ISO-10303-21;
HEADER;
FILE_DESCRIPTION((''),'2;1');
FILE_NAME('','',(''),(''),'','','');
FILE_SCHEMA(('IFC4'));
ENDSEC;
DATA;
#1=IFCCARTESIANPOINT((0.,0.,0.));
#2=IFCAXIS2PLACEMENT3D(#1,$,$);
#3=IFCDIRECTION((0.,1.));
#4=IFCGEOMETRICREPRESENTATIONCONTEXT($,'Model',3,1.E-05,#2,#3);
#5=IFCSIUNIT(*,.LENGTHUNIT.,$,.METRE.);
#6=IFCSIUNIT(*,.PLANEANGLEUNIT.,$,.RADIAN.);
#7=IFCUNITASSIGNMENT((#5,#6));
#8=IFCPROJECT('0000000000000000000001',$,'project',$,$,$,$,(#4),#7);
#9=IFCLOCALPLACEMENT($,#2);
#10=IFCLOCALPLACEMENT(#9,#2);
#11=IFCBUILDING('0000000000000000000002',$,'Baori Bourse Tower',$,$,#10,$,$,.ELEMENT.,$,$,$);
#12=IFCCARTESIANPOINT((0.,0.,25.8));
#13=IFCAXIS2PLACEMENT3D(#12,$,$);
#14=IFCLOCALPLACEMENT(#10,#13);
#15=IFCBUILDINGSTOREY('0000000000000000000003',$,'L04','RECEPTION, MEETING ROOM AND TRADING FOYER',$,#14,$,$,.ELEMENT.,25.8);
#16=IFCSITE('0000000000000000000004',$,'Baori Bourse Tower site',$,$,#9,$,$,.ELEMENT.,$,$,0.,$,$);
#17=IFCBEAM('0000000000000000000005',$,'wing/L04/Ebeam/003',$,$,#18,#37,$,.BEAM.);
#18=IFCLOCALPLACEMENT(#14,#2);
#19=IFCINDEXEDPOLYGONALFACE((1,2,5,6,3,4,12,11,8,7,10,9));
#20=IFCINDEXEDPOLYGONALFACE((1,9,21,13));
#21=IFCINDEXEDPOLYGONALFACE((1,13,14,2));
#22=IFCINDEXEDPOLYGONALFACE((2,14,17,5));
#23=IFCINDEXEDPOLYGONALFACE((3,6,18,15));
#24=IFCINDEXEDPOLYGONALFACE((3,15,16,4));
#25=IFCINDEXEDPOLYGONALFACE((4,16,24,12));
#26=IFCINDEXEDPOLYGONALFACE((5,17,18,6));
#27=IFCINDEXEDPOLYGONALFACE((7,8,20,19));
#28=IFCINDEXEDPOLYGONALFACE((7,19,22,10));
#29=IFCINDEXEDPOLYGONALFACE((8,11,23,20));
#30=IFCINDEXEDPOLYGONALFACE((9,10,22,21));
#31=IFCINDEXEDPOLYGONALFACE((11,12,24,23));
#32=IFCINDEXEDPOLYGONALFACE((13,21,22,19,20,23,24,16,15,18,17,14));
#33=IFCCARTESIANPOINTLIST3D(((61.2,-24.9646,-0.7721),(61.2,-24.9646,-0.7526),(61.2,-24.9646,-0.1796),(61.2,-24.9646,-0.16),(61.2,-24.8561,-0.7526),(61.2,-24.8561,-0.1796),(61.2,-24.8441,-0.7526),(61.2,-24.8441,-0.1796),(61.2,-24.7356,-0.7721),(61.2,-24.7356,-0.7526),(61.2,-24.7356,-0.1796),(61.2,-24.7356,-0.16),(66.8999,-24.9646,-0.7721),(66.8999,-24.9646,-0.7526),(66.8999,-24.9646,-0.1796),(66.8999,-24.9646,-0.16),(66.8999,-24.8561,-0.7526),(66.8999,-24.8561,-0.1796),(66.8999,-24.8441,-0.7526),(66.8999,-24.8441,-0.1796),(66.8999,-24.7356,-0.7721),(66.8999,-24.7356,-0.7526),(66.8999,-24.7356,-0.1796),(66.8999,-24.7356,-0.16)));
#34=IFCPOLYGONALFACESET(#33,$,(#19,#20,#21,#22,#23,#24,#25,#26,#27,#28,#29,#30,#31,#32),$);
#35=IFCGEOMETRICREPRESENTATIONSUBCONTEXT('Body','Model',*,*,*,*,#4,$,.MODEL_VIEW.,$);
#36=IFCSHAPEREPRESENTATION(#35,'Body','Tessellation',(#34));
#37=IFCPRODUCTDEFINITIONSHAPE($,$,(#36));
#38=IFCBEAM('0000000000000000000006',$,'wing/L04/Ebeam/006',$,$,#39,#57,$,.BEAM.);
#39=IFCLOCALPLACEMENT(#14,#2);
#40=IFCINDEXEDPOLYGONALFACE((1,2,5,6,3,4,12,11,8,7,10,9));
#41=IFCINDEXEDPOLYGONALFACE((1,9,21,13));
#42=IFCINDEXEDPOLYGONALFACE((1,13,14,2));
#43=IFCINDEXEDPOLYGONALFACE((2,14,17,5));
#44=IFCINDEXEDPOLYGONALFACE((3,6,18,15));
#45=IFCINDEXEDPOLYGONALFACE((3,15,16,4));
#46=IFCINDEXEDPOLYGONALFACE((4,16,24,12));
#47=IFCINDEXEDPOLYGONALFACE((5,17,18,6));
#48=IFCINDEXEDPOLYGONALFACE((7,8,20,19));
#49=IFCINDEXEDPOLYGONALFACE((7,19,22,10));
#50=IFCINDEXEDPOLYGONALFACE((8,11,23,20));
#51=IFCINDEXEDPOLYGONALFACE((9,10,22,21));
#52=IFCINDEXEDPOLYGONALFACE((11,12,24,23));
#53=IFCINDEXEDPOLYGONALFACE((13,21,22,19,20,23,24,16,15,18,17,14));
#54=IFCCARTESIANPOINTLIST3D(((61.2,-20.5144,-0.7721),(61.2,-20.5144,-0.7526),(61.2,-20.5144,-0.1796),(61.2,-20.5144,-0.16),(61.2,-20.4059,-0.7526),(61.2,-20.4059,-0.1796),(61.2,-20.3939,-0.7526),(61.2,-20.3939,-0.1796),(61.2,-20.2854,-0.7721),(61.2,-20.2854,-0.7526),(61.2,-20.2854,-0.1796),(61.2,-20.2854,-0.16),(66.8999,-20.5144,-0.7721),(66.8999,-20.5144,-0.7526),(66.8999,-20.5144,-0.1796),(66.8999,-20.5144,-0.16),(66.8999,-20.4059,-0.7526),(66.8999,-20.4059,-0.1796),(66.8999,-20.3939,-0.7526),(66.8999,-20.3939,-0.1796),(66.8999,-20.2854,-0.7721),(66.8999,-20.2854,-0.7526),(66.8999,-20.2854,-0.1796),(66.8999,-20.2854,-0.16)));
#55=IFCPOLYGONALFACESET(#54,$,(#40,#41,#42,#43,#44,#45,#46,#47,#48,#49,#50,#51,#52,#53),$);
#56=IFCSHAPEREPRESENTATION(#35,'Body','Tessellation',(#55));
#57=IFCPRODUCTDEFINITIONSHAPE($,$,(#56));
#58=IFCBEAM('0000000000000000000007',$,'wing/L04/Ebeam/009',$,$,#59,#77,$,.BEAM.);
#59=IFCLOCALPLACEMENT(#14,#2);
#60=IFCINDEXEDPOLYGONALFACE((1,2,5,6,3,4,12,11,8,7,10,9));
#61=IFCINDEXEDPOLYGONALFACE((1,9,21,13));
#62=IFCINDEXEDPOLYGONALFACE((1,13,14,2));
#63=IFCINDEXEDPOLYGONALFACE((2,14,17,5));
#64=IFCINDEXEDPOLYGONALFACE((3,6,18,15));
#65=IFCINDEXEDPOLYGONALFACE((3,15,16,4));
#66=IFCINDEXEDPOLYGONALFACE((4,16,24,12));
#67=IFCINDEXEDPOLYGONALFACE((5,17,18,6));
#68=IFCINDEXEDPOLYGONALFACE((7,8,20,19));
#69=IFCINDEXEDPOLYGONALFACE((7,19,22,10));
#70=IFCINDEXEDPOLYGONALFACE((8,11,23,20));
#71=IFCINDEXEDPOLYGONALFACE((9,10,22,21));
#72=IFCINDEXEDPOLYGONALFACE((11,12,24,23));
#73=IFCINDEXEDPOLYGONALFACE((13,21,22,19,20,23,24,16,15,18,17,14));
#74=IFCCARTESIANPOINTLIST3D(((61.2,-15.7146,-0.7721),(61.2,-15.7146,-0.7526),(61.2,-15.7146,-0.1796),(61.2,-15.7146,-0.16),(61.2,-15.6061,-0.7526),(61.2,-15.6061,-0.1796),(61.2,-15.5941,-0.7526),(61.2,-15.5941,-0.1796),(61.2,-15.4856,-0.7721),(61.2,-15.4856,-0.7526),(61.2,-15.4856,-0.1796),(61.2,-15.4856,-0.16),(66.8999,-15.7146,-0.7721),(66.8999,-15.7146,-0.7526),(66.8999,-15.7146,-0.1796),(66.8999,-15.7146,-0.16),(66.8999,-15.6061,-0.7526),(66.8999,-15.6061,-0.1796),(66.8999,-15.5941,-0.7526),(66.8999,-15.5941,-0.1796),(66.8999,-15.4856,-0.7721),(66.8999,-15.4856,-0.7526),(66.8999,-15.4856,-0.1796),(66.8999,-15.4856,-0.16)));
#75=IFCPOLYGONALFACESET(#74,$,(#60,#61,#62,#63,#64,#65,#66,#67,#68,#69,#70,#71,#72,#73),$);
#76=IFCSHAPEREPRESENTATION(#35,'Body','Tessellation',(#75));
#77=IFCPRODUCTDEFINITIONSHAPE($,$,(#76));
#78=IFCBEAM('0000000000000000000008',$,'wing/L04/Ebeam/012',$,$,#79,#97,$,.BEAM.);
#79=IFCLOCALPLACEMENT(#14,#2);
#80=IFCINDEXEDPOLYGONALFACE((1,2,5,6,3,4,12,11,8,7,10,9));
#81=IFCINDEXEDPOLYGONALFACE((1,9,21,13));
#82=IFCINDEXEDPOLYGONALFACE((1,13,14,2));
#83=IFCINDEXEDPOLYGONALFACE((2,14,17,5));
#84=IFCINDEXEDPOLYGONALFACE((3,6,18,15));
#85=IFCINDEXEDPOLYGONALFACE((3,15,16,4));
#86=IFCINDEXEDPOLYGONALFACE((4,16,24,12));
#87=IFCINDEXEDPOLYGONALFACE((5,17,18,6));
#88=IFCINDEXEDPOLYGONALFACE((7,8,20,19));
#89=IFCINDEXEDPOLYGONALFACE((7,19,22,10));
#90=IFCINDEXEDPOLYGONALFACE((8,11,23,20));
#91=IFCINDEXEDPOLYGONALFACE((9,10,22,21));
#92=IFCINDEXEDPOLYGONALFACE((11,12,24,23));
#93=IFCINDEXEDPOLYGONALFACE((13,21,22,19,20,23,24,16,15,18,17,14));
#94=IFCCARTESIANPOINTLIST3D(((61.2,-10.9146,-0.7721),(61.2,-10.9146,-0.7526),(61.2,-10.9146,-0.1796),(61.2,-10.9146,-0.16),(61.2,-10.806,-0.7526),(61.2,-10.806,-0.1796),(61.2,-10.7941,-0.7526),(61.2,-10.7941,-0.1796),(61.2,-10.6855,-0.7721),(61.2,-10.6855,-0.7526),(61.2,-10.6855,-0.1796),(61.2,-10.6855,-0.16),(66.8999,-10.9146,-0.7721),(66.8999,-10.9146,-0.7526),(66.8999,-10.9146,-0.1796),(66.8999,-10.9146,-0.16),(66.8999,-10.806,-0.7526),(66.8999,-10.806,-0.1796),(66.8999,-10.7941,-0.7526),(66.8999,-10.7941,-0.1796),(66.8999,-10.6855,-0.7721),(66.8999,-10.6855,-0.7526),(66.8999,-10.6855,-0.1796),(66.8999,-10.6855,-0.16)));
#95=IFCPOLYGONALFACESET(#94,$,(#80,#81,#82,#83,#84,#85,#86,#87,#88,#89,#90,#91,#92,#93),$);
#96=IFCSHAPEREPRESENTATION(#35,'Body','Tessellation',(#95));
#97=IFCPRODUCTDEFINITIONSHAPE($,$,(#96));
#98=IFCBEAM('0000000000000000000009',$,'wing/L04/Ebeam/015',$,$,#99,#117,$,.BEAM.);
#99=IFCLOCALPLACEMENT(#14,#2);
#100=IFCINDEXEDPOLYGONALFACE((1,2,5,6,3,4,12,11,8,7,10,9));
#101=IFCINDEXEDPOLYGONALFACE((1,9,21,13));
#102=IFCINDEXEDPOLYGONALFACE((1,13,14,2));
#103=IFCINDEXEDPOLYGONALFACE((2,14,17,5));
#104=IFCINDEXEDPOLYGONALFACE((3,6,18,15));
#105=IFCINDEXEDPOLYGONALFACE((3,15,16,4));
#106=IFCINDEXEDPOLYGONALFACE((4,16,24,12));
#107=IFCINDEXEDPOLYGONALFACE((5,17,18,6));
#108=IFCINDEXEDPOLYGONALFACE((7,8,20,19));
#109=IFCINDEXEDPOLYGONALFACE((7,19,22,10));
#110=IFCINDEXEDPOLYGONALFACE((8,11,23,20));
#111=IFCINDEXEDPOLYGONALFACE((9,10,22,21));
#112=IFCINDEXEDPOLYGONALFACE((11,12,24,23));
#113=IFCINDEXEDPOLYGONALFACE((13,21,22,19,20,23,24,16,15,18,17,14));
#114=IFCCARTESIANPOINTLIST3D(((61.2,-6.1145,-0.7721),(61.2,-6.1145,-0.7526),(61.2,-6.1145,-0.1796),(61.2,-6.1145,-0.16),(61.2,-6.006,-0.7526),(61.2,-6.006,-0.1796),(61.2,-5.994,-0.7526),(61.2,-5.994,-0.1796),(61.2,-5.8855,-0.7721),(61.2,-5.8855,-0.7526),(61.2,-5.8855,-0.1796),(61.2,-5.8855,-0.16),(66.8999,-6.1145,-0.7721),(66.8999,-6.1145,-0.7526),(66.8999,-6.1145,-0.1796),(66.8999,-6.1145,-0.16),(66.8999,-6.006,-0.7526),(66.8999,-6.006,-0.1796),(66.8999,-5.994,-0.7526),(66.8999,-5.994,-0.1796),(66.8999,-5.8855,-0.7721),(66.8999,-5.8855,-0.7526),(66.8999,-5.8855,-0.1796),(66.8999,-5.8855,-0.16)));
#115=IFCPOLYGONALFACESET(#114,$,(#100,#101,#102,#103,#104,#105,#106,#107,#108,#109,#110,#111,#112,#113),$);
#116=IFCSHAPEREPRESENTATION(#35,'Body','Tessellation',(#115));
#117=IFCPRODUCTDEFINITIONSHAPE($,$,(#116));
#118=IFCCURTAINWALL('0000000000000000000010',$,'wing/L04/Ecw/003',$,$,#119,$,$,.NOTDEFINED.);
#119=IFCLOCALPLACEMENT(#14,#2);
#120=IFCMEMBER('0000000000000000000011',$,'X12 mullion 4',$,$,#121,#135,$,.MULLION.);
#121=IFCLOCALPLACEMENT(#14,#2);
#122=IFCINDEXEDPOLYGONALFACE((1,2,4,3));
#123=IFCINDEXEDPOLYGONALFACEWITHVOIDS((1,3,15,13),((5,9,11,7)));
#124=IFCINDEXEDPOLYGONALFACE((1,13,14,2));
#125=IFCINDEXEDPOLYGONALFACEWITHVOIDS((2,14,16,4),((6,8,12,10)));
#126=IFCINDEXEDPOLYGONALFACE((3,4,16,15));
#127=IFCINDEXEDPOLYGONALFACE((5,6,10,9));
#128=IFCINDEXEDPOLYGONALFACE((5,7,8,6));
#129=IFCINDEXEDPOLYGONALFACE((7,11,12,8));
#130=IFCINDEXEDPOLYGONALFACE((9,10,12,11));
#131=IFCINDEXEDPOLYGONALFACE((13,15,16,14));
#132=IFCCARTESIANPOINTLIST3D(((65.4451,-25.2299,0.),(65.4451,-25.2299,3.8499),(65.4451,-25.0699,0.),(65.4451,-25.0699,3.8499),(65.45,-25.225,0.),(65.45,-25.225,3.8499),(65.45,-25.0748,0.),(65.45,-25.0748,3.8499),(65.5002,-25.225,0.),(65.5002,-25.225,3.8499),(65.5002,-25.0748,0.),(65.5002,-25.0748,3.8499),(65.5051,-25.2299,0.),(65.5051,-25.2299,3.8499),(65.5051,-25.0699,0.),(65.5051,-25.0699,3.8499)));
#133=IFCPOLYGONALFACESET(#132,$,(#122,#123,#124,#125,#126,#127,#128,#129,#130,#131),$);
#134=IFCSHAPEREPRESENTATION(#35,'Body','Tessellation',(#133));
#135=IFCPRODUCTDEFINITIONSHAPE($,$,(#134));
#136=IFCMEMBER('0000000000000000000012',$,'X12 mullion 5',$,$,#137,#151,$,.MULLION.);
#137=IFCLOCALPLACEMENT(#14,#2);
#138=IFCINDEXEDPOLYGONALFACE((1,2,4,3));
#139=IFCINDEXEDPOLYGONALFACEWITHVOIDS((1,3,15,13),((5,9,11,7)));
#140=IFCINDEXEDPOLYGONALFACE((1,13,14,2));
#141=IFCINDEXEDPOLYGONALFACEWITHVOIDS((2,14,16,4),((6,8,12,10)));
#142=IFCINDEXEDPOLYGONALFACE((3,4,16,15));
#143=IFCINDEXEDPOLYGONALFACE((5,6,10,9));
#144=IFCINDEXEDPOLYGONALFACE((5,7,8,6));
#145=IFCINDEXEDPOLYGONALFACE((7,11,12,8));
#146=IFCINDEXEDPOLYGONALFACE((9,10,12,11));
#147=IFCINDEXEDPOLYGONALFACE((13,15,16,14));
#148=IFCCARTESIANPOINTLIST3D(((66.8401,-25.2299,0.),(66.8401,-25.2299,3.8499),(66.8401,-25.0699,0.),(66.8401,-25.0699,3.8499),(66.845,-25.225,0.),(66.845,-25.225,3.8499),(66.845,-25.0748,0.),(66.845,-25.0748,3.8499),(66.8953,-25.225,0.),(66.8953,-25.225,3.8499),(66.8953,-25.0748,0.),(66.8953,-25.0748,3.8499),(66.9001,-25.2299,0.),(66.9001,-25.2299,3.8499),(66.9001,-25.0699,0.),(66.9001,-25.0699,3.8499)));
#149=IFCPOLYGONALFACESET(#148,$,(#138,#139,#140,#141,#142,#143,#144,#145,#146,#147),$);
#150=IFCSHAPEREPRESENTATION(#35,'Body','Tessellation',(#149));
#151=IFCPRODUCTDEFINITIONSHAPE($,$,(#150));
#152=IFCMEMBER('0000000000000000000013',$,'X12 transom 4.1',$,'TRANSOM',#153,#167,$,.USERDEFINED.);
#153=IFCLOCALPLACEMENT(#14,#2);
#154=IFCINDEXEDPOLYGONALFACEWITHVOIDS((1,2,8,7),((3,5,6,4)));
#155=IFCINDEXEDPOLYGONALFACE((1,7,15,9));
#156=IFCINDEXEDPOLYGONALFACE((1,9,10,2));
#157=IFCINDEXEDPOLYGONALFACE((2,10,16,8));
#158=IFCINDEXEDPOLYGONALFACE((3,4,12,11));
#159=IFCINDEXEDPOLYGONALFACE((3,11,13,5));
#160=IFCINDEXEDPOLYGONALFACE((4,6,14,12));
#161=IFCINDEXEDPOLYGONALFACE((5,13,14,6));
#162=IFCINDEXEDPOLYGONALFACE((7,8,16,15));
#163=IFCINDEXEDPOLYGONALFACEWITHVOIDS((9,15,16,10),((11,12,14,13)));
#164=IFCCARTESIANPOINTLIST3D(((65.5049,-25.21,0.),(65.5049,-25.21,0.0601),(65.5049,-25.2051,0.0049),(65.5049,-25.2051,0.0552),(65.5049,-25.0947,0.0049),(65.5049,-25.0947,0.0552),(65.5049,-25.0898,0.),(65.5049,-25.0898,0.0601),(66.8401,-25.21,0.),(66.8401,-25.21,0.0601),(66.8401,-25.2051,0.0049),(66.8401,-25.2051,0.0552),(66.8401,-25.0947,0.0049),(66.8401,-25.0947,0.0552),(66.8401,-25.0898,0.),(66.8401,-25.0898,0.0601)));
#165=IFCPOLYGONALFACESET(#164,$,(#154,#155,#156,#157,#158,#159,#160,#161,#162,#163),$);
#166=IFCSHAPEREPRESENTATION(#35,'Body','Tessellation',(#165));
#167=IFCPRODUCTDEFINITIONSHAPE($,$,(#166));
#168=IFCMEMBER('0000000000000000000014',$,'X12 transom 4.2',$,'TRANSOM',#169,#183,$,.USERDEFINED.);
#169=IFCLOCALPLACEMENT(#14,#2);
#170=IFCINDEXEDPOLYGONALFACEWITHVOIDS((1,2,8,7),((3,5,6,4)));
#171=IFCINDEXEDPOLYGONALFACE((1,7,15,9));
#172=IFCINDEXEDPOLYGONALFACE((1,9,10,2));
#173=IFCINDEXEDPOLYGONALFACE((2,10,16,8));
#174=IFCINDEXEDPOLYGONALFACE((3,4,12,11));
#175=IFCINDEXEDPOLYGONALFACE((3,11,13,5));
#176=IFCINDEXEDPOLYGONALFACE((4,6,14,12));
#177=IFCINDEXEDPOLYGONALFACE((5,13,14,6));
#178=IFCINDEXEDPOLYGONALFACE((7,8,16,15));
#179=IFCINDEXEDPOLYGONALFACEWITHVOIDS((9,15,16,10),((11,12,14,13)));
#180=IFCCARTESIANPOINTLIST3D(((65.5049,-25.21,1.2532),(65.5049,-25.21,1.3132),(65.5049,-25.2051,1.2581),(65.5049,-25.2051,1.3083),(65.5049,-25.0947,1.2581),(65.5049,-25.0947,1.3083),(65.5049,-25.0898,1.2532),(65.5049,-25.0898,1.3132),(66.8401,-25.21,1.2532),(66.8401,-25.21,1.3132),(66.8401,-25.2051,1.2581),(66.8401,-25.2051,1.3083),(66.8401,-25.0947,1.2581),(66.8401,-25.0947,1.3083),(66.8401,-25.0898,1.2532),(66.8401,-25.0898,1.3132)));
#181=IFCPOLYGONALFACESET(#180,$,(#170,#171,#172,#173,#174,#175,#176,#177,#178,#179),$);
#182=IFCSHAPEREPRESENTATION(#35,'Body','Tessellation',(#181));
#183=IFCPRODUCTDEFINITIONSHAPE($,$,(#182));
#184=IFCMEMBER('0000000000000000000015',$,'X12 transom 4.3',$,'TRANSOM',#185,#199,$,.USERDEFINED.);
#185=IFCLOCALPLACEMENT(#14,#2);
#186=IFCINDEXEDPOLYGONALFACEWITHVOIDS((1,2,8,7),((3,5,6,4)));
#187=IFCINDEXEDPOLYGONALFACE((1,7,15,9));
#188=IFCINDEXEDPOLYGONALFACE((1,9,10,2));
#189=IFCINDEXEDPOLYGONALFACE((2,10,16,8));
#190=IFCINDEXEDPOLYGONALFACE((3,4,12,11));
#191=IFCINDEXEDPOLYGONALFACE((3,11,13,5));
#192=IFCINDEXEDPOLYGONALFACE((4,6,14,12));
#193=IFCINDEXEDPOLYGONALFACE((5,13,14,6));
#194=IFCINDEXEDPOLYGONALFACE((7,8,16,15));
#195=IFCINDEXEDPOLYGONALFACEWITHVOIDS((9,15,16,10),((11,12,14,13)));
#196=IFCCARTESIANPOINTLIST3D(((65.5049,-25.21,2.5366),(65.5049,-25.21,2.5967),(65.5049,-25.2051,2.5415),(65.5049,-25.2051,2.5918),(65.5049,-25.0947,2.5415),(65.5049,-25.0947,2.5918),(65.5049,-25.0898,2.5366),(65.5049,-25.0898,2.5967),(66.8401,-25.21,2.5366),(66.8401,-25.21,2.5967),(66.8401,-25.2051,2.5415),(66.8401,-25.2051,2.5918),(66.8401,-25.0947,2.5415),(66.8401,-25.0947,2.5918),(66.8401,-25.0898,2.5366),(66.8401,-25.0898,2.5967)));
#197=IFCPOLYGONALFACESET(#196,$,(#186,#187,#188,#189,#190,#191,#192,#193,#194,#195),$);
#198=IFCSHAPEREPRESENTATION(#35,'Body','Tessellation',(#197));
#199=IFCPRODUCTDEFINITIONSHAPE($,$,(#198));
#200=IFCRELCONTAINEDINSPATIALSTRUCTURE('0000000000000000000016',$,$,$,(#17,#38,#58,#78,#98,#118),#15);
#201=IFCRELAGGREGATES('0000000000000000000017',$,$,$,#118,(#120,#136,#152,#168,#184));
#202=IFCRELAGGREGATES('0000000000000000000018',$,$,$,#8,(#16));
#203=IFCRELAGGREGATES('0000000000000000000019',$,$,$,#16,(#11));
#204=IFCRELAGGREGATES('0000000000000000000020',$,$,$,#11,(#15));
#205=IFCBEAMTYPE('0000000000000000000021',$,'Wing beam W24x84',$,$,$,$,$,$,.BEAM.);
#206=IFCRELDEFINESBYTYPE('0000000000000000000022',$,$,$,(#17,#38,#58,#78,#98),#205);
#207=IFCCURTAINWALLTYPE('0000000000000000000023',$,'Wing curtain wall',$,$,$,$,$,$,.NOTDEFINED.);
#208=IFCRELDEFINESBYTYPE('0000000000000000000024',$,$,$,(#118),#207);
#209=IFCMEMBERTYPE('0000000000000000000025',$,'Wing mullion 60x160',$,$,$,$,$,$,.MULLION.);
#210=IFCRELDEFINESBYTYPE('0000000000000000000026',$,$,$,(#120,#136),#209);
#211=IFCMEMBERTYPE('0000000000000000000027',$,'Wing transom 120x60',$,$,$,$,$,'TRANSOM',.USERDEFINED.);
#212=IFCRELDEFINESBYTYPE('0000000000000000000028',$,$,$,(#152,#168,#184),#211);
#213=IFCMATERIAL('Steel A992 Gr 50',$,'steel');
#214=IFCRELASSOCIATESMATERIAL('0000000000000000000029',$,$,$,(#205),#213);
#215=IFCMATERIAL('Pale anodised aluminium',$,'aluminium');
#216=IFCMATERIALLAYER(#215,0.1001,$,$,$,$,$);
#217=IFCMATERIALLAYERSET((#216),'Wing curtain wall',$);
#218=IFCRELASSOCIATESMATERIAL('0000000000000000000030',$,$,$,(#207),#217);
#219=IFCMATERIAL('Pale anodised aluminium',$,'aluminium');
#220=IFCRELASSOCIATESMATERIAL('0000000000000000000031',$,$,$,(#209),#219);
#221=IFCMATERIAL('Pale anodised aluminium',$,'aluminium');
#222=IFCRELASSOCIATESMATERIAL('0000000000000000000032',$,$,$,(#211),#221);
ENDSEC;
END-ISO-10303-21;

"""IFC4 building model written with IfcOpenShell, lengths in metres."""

from ifc_helpers import new_model, si_unit, direction, frame, origin, origin_2d, place, context, subcontext, project, spatial, hollow_rectangle, i_section, extrude, material, layer, layer_set, material_profile, profile_set, type_object, element, aggregate, save


model = new_model("IFC4")

# Units and contexts
model_context = context("Model", 3, precision=1e-05, world=origin(), true_north=direction((0.0, 1.0)))
body_context = subcontext(model_context, "Body", "Model", "MODEL_VIEW")
ifc_project = project(units=[si_unit("LENGTHUNIT", "METRE"), si_unit("PLANEANGLEUNIT", "RADIAN")], contexts=[model_context])

# Site, building, storey
site_placement = place(None, origin())
site = spatial("IfcSite", under=ifc_project, at=site_placement, Name="Baori Bourse Tower site", CompositionType="ELEMENT", RefElevation=0.0)
building_placement = place(site_placement, origin())
building = spatial("IfcBuilding", under=site, at=building_placement, Name="Baori Bourse Tower", CompositionType="ELEMENT")
storey_placement = place(building_placement, frame((0.0, 0.0, 25.8)))
storey = spatial("IfcBuildingStorey", under=building, at=storey_placement, Name="L04", Description="RECEPTION, MEETING ROOM AND TRADING FOYER", CompositionType="ELEMENT", Elevation=25.8)

# Beams
ifc_material_1 = material(Name="Steel A992 Gr 50", Category="steel")
ifc_material_profile_1 = material_profile(ifc_material_1, i_section(OverallWidth=0.229, OverallDepth=0.6121, WebThickness=0.012, FlangeThickness=0.0195, at=origin_2d()), Name="W24x84")
ifc_profile_set_1 = profile_set([ifc_material_profile_1], Name="Steel A992 Gr 50")
beam_type = type_object("IfcBeamType", Name="Wing beam W24x84", PredefinedType="BEAM", material=ifc_profile_set_1)
for number, where, z_axis, x_axis, name in (
    (1, (66.8999, -24.8501, -0.4661), (-1.0, 0.0, 0.0), (0.0, -1.0, 0.0), "wing/L04/Ebeam/003"),
    (2, (66.8999, -20.3999, -0.4661), (-1.0, 0.0, 0.0), (0.0, -1.0, 0.0), "wing/L04/Ebeam/006"),
    (3, (66.8999, -15.6001, -0.4661), (-1.0, 0.0, 0.0), (0.0, -1.0, 0.0), "wing/L04/Ebeam/009"),
    (4, (66.8999, -10.8, -0.4661), (-1.0, 0.0, 0.0), (0.0, -1.0, 0.0), "wing/L04/Ebeam/012"),
    (5, (66.8999, -6.0, -0.4661), (-1.0, 0.0, 0.0), (0.0, -1.0, 0.0), "wing/L04/Ebeam/015"),
):
    element("IfcBeam", number, at=place(storey_placement, frame(where, z_axis=z_axis, x_axis=x_axis)), inside=storey, type_object=beam_type, Name=name, PredefinedType="BEAM", context=body_context, shape_type="SweptSolid", body=[
        extrude(i_section(OverallWidth=0.229, OverallDepth=0.6121, WebThickness=0.012, FlangeThickness=0.0195, at=origin_2d()), origin(), (0.0, 0.0, 1.0), 5.7),
    ])

# Curtain wall, members
ifc_material_2 = material(Name="Pale anodised aluminium", Category="aluminium")
ifc_layer_1 = layer(ifc_material_2, 0.1001)
ifc_layer_set_1 = layer_set([ifc_layer_1], Name="Wing curtain wall")
curtain_wall_type = type_object("IfcCurtainWallType", Name="Wing curtain wall", PredefinedType="NOTDEFINED", material=ifc_layer_set_1)
curtain_wall_placement = place(storey_placement, origin())
curtain_wall = element("IfcCurtainWall", 6, at=curtain_wall_placement, inside=storey, type_object=curtain_wall_type, Name="wing/L04/Ecw/003", PredefinedType="NOTDEFINED")
ifc_material_3 = material(Name="Pale anodised aluminium", Category="aluminium")
ifc_material_profile_2 = material_profile(ifc_material_3, hollow_rectangle(XDim=0.1599, YDim=0.0601, WallThickness=0.0049, at=origin_2d()), Name="Mullion 160x60x5")
ifc_profile_set_2 = profile_set([ifc_material_profile_2], Name="Pale anodised aluminium")
member_type_1 = type_object("IfcMemberType", Name="Wing mullion 60x160", PredefinedType="MULLION", material=ifc_profile_set_2)
member_1_placement = place(storey_placement, frame((65.4751, -25.1499, 0.0), z_axis=(0.0, 0.0, 1.0), x_axis=(0.0, 1.0, 0.0)))
member_1 = element("IfcMember", 7, at=member_1_placement, type_object=member_type_1, Name="X12 mullion 4", PredefinedType="MULLION", context=body_context, shape_type="SweptSolid", body=[
    extrude(hollow_rectangle(XDim=0.1599, YDim=0.0601, WallThickness=0.0049, at=origin_2d()), origin(), (0.0, 0.0, 1.0), 3.8499),
])
member_2_placement = place(storey_placement, frame((66.8701, -25.1499, 0.0), z_axis=(0.0, 0.0, 1.0), x_axis=(0.0, 1.0, 0.0)))
member_2 = element("IfcMember", 8, at=member_2_placement, type_object=member_type_1, Name="X12 mullion 5", PredefinedType="MULLION", context=body_context, shape_type="SweptSolid", body=[
    extrude(hollow_rectangle(XDim=0.1599, YDim=0.0601, WallThickness=0.0049, at=origin_2d()), origin(), (0.0, 0.0, 1.0), 3.8499),
])
ifc_material_4 = material(Name="Pale anodised aluminium", Category="aluminium")
ifc_material_profile_3 = material_profile(ifc_material_4, hollow_rectangle(XDim=0.1201, YDim=0.0601, WallThickness=0.0049, at=origin_2d()), Name="Transom 120x60x5")
ifc_profile_set_3 = profile_set([ifc_material_profile_3], Name="Pale anodised aluminium")
member_type_2 = type_object("IfcMemberType", Name="Wing transom 120x60", ElementType="TRANSOM", PredefinedType="USERDEFINED", material=ifc_profile_set_3)
member_3_placement = place(storey_placement, frame((65.5049, -25.1499, 0.03), z_axis=(1.0, 0.0, 0.0), x_axis=(0.0, 1.0, 0.0)))
member_3 = element("IfcMember", 9, at=member_3_placement, type_object=member_type_2, Name="X12 transom 4.1", ObjectType="TRANSOM", PredefinedType="USERDEFINED", context=body_context, shape_type="SweptSolid", body=[
    extrude(hollow_rectangle(XDim=0.1201, YDim=0.0601, WallThickness=0.0049, at=origin_2d()), origin(), (0.0, 0.0, 1.0), 1.3352),
])
member_4_placement = place(storey_placement, frame((65.5049, -25.1499, 1.2832), z_axis=(1.0, 0.0, 0.0), x_axis=(0.0, 1.0, 0.0)))
member_4 = element("IfcMember", 10, at=member_4_placement, type_object=member_type_2, Name="X12 transom 4.2", ObjectType="TRANSOM", PredefinedType="USERDEFINED", context=body_context, shape_type="SweptSolid", body=[
    extrude(hollow_rectangle(XDim=0.1201, YDim=0.0601, WallThickness=0.0049, at=origin_2d()), origin(), (0.0, 0.0, 1.0), 1.3352),
])
member_5_placement = place(storey_placement, frame((65.5049, -25.1499, 2.5667), z_axis=(1.0, 0.0, 0.0), x_axis=(0.0, 1.0, 0.0)))
member_5 = element("IfcMember", 11, at=member_5_placement, type_object=member_type_2, Name="X12 transom 4.3", ObjectType="TRANSOM", PredefinedType="USERDEFINED", context=body_context, shape_type="SweptSolid", body=[
    extrude(hollow_rectangle(XDim=0.1201, YDim=0.0601, WallThickness=0.0049, at=origin_2d()), origin(), (0.0, 0.0, 1.0), 1.3352),
])
aggregate(curtain_wall, [member_1, member_2, member_3, member_4, member_5])

save(model, "model.ifc")
